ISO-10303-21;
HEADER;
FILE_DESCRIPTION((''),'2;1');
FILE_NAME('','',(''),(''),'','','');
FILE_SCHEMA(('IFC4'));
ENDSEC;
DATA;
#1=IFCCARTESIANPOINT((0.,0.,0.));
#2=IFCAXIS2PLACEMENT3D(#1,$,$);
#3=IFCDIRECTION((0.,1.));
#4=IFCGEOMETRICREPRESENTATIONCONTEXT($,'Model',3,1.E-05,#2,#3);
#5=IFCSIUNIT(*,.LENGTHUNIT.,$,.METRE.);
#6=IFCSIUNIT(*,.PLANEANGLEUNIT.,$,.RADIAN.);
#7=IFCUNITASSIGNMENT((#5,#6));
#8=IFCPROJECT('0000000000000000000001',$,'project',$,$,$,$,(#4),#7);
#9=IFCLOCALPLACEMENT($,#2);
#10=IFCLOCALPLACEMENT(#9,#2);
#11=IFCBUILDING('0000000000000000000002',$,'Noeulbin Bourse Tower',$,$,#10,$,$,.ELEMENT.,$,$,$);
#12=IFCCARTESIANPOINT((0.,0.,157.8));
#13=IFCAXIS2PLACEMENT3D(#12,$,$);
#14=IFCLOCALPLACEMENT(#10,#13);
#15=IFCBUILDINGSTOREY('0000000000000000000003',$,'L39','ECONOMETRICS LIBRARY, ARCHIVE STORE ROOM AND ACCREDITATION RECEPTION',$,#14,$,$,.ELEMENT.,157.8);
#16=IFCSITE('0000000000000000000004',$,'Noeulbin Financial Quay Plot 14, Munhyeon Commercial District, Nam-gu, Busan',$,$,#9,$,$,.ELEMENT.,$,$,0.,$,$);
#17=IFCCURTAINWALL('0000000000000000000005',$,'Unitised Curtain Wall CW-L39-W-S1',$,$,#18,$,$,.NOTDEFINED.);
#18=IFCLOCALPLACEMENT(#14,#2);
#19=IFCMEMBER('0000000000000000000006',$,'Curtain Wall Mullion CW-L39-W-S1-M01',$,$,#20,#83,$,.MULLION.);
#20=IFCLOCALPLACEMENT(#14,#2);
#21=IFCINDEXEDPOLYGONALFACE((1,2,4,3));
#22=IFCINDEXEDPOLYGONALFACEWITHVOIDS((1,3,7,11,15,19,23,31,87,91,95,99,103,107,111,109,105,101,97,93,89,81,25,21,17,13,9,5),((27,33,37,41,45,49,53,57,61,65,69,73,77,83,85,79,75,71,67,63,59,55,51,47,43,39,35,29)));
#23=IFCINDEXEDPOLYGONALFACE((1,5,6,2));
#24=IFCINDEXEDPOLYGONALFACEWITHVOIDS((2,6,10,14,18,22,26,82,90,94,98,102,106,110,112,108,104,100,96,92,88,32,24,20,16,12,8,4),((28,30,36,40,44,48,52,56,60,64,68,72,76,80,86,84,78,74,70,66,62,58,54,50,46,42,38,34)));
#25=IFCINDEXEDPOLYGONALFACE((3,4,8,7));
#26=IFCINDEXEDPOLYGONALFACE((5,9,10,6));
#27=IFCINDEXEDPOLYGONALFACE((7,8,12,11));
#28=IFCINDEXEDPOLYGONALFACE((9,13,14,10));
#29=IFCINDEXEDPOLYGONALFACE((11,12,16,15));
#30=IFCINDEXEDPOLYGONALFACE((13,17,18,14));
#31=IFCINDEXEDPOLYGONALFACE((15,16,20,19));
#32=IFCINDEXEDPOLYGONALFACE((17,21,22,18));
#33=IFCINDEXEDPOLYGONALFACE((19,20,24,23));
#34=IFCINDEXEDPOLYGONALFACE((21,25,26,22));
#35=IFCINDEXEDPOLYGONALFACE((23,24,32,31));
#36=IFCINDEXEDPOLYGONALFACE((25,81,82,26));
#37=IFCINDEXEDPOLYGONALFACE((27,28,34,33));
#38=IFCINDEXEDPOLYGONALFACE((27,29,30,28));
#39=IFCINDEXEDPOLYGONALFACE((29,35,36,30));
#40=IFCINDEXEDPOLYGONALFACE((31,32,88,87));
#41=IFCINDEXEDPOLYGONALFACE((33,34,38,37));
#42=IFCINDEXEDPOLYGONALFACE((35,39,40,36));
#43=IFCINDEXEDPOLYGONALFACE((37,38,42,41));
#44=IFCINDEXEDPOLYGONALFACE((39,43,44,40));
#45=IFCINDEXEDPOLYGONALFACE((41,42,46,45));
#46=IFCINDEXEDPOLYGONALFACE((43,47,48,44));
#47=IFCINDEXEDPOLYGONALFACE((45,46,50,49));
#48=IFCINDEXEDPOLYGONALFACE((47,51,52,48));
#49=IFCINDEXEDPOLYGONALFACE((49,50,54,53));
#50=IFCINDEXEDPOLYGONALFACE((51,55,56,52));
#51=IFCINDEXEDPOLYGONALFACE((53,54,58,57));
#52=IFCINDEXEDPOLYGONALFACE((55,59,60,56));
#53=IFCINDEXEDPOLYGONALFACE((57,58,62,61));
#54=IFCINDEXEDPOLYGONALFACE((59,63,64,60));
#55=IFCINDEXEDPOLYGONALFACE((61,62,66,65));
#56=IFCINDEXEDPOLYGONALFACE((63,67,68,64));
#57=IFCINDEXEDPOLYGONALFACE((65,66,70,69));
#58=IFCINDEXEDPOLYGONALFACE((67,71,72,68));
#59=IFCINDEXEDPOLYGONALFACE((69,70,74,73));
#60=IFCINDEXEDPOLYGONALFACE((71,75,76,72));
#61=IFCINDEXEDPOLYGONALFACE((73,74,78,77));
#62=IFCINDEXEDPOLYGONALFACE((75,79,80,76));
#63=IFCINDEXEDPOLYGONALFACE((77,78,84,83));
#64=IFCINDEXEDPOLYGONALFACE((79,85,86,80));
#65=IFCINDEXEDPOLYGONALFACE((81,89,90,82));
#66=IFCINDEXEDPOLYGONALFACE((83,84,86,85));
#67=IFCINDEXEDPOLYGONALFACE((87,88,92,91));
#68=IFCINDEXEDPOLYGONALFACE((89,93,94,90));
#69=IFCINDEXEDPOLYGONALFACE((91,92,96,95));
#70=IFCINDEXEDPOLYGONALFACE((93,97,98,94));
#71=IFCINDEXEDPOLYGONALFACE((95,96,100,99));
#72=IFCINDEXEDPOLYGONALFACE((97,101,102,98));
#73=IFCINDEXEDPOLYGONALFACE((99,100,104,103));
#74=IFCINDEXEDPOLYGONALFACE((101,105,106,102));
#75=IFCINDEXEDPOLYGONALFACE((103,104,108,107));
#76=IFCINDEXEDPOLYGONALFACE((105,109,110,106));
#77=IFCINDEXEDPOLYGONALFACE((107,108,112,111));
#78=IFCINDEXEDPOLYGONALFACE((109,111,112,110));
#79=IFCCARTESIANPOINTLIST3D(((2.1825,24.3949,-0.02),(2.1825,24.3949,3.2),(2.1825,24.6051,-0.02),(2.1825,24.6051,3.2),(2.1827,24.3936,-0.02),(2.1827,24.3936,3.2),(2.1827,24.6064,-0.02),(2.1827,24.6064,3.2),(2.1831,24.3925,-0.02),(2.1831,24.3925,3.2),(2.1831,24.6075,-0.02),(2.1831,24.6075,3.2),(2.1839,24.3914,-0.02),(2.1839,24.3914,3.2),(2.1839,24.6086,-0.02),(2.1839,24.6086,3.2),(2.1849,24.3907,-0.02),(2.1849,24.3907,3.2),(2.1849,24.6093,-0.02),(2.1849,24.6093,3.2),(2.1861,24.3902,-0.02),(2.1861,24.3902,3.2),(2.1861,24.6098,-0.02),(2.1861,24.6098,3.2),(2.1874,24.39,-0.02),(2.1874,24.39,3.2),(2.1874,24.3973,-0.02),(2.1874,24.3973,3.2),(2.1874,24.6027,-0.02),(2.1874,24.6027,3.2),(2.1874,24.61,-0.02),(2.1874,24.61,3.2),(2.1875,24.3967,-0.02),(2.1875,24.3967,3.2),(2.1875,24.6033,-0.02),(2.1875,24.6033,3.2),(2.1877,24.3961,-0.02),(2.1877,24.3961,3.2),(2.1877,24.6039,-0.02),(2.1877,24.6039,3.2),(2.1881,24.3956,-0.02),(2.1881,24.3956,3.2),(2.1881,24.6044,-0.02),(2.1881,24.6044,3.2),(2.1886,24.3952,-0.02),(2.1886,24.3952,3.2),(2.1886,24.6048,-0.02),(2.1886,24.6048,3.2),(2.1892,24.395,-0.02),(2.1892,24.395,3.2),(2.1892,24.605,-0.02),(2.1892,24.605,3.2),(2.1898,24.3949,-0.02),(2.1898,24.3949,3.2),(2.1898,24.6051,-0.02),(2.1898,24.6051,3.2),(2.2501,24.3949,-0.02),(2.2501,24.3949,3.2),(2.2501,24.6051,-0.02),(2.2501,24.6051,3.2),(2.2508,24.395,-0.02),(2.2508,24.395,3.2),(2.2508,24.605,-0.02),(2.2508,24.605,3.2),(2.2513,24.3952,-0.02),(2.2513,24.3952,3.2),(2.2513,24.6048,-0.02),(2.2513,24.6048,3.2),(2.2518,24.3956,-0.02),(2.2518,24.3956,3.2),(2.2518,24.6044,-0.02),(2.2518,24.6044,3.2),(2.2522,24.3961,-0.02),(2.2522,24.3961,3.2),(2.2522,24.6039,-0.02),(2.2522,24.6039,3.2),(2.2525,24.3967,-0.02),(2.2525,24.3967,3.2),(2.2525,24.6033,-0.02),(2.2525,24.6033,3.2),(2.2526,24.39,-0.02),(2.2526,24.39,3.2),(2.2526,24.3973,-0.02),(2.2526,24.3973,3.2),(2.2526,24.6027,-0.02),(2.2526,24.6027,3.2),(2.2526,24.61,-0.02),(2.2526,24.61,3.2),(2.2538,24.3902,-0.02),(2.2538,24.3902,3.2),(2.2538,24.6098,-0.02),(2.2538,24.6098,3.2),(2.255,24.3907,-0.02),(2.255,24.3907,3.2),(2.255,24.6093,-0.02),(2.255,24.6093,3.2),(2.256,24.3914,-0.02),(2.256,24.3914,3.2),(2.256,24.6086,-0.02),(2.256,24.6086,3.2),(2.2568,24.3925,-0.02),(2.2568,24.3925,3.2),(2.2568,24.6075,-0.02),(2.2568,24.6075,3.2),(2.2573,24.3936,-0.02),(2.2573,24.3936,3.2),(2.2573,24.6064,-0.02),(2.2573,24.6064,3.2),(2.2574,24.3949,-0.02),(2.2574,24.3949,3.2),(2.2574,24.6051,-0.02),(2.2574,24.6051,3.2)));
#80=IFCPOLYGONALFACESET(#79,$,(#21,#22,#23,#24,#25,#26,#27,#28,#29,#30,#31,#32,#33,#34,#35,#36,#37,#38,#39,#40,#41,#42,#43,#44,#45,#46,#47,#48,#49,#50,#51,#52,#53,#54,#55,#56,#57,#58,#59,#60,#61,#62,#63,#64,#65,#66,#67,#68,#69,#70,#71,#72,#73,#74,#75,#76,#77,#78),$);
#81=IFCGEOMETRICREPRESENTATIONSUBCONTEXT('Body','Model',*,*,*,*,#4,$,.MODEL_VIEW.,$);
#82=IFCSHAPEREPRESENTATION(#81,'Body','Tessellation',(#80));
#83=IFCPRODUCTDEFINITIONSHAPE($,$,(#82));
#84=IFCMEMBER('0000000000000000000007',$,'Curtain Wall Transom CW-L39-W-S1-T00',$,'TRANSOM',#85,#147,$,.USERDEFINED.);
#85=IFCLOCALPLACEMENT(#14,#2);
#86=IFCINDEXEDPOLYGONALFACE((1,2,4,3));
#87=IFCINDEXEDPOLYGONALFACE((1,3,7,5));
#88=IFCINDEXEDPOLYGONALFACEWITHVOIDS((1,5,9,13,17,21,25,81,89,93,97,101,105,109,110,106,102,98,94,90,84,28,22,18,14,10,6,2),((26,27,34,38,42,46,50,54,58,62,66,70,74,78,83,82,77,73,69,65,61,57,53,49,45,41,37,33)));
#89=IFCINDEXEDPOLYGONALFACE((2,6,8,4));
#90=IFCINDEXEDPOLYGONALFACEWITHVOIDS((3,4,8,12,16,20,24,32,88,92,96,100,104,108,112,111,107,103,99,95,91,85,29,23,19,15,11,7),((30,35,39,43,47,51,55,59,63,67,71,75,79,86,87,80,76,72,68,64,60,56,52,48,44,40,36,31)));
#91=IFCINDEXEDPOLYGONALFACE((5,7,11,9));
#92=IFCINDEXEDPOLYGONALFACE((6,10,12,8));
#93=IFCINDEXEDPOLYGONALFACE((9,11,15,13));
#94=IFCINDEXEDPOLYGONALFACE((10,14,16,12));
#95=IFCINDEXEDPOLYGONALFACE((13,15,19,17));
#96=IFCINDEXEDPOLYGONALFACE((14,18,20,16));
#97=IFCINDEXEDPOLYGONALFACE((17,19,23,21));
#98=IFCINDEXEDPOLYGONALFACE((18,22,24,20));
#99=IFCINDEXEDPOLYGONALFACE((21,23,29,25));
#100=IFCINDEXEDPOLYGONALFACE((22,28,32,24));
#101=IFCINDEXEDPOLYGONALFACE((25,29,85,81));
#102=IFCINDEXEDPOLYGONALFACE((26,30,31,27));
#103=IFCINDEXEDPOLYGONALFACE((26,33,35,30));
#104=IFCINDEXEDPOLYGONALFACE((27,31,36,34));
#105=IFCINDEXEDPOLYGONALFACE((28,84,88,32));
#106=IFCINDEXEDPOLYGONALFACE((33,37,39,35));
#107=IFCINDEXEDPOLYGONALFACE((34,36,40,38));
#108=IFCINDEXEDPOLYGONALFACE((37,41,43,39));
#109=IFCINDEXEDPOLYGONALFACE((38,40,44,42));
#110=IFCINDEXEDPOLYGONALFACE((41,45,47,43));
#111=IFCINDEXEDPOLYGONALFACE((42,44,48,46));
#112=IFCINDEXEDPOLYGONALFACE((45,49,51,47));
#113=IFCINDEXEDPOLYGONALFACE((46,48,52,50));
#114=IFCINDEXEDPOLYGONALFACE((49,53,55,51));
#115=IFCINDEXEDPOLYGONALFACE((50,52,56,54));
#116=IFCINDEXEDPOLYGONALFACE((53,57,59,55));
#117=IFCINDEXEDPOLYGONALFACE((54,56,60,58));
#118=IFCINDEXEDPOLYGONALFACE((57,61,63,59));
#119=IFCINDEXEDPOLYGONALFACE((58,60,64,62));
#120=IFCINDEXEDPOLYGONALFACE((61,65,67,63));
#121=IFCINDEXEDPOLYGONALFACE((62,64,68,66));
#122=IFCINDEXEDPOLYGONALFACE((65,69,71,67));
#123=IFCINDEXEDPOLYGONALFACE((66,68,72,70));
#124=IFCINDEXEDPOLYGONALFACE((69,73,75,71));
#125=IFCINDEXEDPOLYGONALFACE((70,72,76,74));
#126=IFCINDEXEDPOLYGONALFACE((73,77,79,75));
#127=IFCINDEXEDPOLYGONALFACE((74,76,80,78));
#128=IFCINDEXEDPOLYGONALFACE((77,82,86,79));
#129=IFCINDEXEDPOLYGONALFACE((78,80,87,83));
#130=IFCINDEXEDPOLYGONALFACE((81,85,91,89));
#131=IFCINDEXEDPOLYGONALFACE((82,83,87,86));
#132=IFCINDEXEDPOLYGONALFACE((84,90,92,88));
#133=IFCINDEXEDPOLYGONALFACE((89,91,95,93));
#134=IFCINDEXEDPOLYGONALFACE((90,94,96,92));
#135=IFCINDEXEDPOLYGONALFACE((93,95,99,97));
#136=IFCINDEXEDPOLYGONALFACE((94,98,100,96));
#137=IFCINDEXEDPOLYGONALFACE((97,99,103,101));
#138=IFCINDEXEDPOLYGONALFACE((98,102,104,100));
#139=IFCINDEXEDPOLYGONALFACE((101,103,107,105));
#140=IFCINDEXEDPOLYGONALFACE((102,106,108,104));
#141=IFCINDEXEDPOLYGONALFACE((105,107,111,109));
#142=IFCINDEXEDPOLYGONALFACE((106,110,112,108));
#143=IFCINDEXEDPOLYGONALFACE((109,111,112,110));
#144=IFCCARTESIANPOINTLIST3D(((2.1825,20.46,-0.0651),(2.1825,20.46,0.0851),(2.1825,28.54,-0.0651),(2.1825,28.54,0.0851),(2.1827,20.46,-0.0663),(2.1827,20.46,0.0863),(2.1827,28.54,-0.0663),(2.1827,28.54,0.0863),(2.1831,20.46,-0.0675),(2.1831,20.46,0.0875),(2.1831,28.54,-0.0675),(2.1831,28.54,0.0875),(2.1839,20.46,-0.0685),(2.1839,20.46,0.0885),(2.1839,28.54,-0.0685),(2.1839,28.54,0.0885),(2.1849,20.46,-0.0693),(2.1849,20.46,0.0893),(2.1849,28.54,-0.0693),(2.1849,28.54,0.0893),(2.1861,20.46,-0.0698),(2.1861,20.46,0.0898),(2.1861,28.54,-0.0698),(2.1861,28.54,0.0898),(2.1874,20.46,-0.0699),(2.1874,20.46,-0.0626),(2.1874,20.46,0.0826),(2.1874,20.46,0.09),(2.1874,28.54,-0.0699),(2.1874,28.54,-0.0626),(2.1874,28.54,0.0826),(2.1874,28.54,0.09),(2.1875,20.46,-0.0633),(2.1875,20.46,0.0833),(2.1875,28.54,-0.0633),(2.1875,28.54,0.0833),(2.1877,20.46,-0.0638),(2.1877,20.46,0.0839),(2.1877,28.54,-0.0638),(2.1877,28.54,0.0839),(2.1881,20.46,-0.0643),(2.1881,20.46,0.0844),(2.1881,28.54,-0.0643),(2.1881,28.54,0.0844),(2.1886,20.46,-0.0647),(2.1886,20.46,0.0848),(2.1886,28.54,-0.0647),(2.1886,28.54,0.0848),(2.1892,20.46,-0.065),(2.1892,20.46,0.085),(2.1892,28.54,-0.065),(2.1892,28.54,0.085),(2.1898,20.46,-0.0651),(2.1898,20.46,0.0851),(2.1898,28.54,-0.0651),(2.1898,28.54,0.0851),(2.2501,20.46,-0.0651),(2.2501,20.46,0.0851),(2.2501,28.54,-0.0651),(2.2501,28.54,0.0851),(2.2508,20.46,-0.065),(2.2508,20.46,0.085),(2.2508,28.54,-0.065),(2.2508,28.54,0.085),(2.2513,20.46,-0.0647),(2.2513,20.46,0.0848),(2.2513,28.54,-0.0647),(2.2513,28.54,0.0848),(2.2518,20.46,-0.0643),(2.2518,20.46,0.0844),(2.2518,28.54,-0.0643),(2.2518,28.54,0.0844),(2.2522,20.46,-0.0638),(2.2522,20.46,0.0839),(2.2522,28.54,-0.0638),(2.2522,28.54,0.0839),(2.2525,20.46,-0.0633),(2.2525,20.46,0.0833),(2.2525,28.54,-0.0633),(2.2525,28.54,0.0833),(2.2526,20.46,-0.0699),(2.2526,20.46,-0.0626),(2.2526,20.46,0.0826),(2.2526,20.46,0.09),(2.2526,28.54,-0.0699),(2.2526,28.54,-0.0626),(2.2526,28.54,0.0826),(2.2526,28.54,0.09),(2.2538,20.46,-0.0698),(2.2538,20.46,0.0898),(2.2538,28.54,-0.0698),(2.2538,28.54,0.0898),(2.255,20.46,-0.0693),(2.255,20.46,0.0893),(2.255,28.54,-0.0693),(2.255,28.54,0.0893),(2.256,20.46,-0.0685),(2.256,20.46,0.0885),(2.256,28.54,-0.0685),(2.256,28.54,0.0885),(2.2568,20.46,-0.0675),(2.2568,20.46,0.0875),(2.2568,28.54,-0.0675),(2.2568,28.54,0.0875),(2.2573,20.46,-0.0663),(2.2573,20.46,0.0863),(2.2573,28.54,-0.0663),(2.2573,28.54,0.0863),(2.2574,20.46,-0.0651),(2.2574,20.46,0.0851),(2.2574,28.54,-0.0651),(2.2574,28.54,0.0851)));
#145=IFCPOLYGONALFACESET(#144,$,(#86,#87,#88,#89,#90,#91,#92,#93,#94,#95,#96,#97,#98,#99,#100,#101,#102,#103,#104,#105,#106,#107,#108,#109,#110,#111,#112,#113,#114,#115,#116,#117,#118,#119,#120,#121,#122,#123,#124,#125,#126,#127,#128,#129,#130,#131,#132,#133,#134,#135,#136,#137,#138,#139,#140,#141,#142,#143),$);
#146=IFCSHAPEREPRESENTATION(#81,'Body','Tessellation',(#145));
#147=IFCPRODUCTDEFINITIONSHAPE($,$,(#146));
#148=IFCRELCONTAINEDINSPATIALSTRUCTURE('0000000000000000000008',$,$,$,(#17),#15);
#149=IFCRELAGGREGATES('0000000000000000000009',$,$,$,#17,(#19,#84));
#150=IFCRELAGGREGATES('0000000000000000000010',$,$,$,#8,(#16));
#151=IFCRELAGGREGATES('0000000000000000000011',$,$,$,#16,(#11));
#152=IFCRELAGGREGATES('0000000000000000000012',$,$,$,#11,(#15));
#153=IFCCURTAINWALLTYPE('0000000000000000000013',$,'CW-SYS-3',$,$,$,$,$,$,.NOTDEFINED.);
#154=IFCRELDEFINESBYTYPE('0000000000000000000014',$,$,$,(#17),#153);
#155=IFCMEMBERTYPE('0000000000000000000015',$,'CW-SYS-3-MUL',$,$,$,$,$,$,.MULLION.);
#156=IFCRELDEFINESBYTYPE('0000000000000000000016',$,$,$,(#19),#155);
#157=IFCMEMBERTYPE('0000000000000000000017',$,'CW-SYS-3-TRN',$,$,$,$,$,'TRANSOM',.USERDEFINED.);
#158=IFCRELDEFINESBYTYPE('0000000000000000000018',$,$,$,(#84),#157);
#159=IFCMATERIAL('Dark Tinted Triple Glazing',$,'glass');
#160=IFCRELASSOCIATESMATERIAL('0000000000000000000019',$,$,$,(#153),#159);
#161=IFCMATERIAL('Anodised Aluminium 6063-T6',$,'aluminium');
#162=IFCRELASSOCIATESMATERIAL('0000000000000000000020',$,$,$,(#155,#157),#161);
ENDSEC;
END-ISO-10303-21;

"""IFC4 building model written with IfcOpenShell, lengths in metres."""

from ifc_helpers import new_model, si_unit, direction, frame, origin, origin_2d, place, context, subcontext, project, spatial, hollow_rectangle, extrude, material, material_profile, profile_set, type_object, element, aggregate, save


model = new_model("IFC4")

# Units and contexts
model_context = context("Model", 3, precision=1e-05, world=origin(), true_north=direction((0.0, 1.0)))
body_context = subcontext(model_context, "Body", "Model", "MODEL_VIEW")
ifc_project = project(units=[si_unit("LENGTHUNIT", "METRE"), si_unit("PLANEANGLEUNIT", "RADIAN")], contexts=[model_context])

# Site, building, storey
site_placement = place(None, origin())
site = spatial("IfcSite", under=ifc_project, at=site_placement, Name="Noeulbin Financial Quay Plot 14, Munhyeon Commercial District, Nam-gu, Busan", CompositionType="ELEMENT", RefElevation=0.0)
building_placement = place(site_placement, origin())
building = spatial("IfcBuilding", under=site, at=building_placement, Name="Noeulbin Bourse Tower", CompositionType="ELEMENT")
storey_placement = place(building_placement, frame((0.0, 0.0, 157.8)))
storey = spatial("IfcBuildingStorey", under=building, at=storey_placement, Name="L39", Description="ECONOMETRICS LIBRARY, ARCHIVE STORE ROOM AND ACCREDITATION RECEPTION", CompositionType="ELEMENT", Elevation=157.8)

# Curtain wall, members
ifc_material_1 = material(Name="Dark Tinted Triple Glazing", Category="glass")
curtain_wall_type = type_object("IfcCurtainWallType", Name="CW-SYS-3", PredefinedType="NOTDEFINED", material=ifc_material_1)
curtain_wall_placement = place(storey_placement, origin())
curtain_wall = element("IfcCurtainWall", 1, at=curtain_wall_placement, inside=storey, type_object=curtain_wall_type, Name="Unitised Curtain Wall CW-L39-W-S1", PredefinedType="NOTDEFINED")
ifc_material_2 = material(Name="Anodised Aluminium 6063-T6", Category="aluminium")
ifc_material_profile_1 = material_profile(ifc_material_2, hollow_rectangle(XDim=0.075, YDim=0.22, WallThickness=0.0049, InnerFilletRadius=0.0024, OuterFilletRadius=0.0049, at=origin_2d()), Name="ALU-MULL-75x220x5", Category="LoadBearing")
ifc_profile_set_1 = profile_set([ifc_material_profile_1], Name="Anodised Aluminium 6063-T6")
member_type_1 = type_object("IfcMemberType", Name="CW-SYS-3-MUL", PredefinedType="MULLION", material=ifc_profile_set_1)
member_1_placement = place(storey_placement, frame((2.22, 24.5, -0.02), z_axis=(0.0, 0.0, 1.0), x_axis=(1.0, 0.0, 0.0)))
member_1 = element("IfcMember", 2, at=member_1_placement, type_object=member_type_1, Name="Curtain Wall Mullion CW-L39-W-S1-M01", PredefinedType="MULLION", context=body_context, shape_type="SweptSolid", body=[
    extrude(hollow_rectangle(XDim=0.075, YDim=0.22, WallThickness=0.0049, InnerFilletRadius=0.0024, OuterFilletRadius=0.0049, at=origin_2d()), origin(), (0.0, 0.0, 1.0), 3.22),
])
ifc_material_profile_2 = material_profile(ifc_material_2, hollow_rectangle(XDim=0.075, YDim=0.1599, WallThickness=0.0049, InnerFilletRadius=0.0024, OuterFilletRadius=0.0049, at=origin_2d()), Name="ALU-TRAN-75x160x5", Category="LoadBearing")
ifc_profile_set_2 = profile_set([ifc_material_profile_2], Name="Anodised Aluminium 6063-T6")
member_type_2 = type_object("IfcMemberType", Name="CW-SYS-3-TRN", ElementType="TRANSOM", PredefinedType="USERDEFINED", material=ifc_profile_set_2)
member_2_placement = place(storey_placement, frame((2.22, 20.46, 0.01), z_axis=(0.0, 1.0, 0.0), x_axis=(-1.0, 0.0, 0.0)))
member_2 = element("IfcMember", 3, at=member_2_placement, type_object=member_type_2, Name="Curtain Wall Transom CW-L39-W-S1-T00", ObjectType="TRANSOM", PredefinedType="USERDEFINED", context=body_context, shape_type="SweptSolid", body=[
    extrude(hollow_rectangle(XDim=0.075, YDim=0.1599, WallThickness=0.0049, InnerFilletRadius=0.0024, OuterFilletRadius=0.0049, at=origin_2d()), origin(), (0.0, 0.0, 1.0), 8.0801),
])
aggregate(curtain_wall, [member_1, member_2])

save(model, "model.ifc")
